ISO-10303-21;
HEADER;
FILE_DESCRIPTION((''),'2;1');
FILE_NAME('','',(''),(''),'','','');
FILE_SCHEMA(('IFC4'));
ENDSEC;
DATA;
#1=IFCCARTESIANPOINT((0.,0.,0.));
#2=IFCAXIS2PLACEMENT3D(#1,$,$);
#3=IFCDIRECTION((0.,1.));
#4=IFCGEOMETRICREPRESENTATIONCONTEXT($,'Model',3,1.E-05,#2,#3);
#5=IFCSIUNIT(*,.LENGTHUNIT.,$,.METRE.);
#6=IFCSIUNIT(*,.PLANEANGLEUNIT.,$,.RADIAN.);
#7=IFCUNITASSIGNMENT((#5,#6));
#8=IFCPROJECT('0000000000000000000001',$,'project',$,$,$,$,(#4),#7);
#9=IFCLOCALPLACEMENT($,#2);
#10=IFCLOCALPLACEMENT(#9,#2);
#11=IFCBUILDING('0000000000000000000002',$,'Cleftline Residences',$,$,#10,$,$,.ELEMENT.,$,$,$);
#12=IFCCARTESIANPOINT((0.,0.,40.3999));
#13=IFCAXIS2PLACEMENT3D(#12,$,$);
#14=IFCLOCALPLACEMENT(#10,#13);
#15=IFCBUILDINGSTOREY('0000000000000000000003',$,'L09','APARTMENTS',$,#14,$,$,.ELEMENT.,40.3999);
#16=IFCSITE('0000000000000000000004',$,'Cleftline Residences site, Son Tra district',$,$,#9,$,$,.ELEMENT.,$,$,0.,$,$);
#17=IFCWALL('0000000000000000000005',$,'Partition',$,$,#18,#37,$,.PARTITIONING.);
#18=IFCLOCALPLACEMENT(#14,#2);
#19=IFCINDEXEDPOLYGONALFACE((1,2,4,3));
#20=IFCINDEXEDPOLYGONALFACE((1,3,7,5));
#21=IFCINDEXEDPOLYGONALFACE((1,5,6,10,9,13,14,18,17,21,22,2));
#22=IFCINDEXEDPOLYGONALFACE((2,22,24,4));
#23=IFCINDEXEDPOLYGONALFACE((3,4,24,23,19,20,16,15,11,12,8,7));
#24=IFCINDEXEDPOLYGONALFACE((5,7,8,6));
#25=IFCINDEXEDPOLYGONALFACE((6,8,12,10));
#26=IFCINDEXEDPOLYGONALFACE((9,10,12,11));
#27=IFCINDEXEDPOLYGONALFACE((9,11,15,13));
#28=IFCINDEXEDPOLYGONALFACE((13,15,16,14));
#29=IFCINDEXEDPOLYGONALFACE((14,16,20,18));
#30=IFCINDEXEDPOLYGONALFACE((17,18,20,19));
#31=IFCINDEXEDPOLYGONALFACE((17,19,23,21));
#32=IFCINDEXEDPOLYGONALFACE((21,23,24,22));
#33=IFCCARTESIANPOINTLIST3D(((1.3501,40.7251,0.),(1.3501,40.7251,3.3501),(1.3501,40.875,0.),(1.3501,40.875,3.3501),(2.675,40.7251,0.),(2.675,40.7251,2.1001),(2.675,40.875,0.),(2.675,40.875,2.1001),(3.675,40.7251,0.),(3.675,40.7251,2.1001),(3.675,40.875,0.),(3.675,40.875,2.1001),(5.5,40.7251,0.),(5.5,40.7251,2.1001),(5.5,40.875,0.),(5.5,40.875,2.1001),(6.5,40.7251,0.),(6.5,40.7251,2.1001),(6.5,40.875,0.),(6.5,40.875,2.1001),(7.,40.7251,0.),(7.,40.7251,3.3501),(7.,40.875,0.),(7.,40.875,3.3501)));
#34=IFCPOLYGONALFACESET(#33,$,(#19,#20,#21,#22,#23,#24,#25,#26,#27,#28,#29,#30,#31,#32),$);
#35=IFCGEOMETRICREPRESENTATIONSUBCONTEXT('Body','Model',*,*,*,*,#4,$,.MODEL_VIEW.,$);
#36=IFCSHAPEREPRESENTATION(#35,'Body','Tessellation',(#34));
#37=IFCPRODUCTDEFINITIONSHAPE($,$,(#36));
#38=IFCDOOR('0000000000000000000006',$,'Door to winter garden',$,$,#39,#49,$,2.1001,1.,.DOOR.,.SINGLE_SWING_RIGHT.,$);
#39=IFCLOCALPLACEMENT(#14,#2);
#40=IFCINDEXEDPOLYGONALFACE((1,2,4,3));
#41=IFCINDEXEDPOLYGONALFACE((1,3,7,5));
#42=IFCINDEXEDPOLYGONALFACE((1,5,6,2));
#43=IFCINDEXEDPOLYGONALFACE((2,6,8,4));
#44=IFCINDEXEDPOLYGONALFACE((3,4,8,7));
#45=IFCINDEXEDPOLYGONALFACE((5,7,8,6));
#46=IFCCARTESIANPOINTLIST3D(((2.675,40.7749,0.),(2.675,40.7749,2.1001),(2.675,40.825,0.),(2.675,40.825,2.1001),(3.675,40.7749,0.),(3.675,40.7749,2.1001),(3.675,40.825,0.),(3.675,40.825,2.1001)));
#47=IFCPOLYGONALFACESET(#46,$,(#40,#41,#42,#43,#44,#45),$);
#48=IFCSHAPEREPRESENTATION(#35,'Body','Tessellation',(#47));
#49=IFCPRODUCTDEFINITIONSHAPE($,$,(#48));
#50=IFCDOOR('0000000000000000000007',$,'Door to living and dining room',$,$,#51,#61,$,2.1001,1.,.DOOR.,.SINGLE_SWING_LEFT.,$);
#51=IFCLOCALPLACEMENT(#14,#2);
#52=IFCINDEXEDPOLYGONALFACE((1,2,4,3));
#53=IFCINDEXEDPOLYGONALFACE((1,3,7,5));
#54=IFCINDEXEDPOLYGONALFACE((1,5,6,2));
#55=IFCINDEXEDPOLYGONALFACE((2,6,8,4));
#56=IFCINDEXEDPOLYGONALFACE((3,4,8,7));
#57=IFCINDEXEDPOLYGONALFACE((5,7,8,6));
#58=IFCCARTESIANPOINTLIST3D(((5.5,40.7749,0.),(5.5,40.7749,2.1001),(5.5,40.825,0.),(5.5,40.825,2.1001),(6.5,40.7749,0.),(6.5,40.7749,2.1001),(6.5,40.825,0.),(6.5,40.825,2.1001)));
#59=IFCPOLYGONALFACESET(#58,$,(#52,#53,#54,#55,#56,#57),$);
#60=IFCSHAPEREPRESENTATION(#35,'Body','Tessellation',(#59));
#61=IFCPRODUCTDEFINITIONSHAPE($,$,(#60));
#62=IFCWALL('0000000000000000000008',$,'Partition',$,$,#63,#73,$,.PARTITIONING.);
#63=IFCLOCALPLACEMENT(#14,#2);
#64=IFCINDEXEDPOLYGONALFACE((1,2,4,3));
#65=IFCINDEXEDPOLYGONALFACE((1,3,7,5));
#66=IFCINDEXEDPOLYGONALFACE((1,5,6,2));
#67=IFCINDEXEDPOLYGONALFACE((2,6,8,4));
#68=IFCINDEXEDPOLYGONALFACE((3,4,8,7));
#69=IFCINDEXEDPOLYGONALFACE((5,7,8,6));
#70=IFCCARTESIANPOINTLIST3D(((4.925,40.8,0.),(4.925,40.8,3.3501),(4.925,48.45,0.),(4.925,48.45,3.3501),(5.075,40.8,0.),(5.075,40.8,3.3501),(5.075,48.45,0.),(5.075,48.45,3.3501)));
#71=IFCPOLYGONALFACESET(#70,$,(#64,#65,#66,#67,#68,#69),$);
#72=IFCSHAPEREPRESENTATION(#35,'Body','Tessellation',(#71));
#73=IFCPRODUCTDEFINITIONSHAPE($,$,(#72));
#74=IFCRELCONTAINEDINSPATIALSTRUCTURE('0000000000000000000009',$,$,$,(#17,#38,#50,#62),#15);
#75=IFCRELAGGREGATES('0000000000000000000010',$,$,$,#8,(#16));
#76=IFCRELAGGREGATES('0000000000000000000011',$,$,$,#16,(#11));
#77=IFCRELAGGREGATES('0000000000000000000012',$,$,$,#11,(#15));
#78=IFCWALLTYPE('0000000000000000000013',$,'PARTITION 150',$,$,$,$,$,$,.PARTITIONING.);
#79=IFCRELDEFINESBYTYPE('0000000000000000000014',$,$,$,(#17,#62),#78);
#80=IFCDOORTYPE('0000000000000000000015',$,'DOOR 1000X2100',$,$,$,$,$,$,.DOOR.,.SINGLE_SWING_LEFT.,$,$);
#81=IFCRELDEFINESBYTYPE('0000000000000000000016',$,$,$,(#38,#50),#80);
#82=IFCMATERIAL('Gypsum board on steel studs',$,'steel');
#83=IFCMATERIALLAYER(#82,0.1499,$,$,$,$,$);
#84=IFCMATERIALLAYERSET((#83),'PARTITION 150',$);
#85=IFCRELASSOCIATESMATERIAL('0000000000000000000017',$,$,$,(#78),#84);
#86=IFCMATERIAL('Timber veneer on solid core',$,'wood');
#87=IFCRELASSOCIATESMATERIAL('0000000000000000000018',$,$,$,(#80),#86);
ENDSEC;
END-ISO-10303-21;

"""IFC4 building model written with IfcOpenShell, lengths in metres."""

from ifc_helpers import new_model, si_unit, direction, frame, frame_2d, origin, place, context, subcontext, project, spatial, rectangle, extrude, material, layer, layer_set, type_object, element, fill, save


model = new_model("IFC4")

# Units and contexts
model_context = context("Model", 3, precision=1e-05, world=origin(), true_north=direction((0.0, 1.0)))
body_context = subcontext(model_context, "Body", "Model", "MODEL_VIEW")
ifc_project = project(units=[si_unit("LENGTHUNIT", "METRE"), si_unit("PLANEANGLEUNIT", "RADIAN")], contexts=[model_context])

# Site, building, storey
site_placement = place(None, origin())
site = spatial("IfcSite", under=ifc_project, at=site_placement, Name="Cleftline Residences site, Son Tra district", CompositionType="ELEMENT", RefElevation=0.0)
building_placement = place(site_placement, origin())
building = spatial("IfcBuilding", under=site, at=building_placement, Name="Cleftline Residences", CompositionType="ELEMENT")
storey_placement = place(building_placement, frame((0.0, 0.0, 40.3999)))
storey = spatial("IfcBuildingStorey", under=building, at=storey_placement, Name="L09", Description="APARTMENTS", CompositionType="ELEMENT", Elevation=40.3999)

# Wall, openings, doors
ifc_material_1 = material(Name="Gypsum board on steel studs", Category="steel")
ifc_layer_1 = layer(ifc_material_1, 0.1499)
ifc_layer_set_1 = layer_set([ifc_layer_1], Name="PARTITION 150")
wall_type_1 = type_object("IfcWallType", Name="PARTITION 150", PredefinedType="PARTITIONING", material=ifc_layer_set_1)
wall_1_placement = place(storey_placement, frame((1.3501, 40.8, 0.0), z_axis=(0.0, 0.0, 1.0), x_axis=(1.0, 0.0, 0.0)))
wall_1 = element("IfcWall", 1, at=wall_1_placement, inside=storey, type_object=wall_type_1, Name="Partition", PredefinedType="PARTITIONING", context=body_context, shape_type="SweptSolid", body=[
    extrude(rectangle(XDim=5.6499, YDim=0.1499, at=frame_2d((2.825, 0.0))), origin(), (0.0, 0.0, 1.0), 3.3501),
])
opening_1_placement = place(wall_1_placement, frame((1.325, 0.0, 0.0)))
opening_1 = element("IfcOpeningElement", 2, at=opening_1_placement, cuts=wall_1, PredefinedType="OPENING", context=body_context, shape_type="SweptSolid", body=[
    extrude(rectangle(XDim=1.0, YDim=2.1001, at=frame_2d((0.5, 1.05))), frame((0.0, 0.085, 0.0), z_axis=(0.0, -1.0, 0.0), x_axis=(1.0, 0.0, 0.0)), (0.0, 0.0, 1.0), 0.1699),
])
opening_2_placement = place(wall_1_placement, frame((4.1499, 0.0, 0.0)))
opening_2 = element("IfcOpeningElement", 3, at=opening_2_placement, cuts=wall_1, PredefinedType="OPENING", context=body_context, shape_type="SweptSolid", body=[
    extrude(rectangle(XDim=1.0, YDim=2.1001, at=frame_2d((0.5, 1.05))), frame((0.0, 0.085, 0.0), z_axis=(0.0, -1.0, 0.0), x_axis=(1.0, 0.0, 0.0)), (0.0, 0.0, 1.0), 0.1699),
])
ifc_material_2 = material(Name="Timber veneer on solid core", Category="wood")
door_type = type_object("IfcDoorType", Name="DOOR 1000X2100", OperationType="SINGLE_SWING_LEFT", PredefinedType="DOOR", material=ifc_material_2)
door_1_placement = place(opening_1_placement, origin())
door_1 = element("IfcDoor", 4, at=door_1_placement, inside=storey, type_object=door_type, Name="Door to winter garden", OperationType="SINGLE_SWING_RIGHT", OverallHeight=2.1001, OverallWidth=1.0, PredefinedType="DOOR", context=body_context, shape_type="SweptSolid", body=[
    extrude(rectangle(XDim=1.0, YDim=2.1001, at=frame_2d((0.5, 1.05))), frame((0.0, 0.0249, 0.0), z_axis=(0.0, -1.0, 0.0), x_axis=(1.0, 0.0, 0.0)), (0.0, 0.0, 1.0), 0.05),
])
fill(opening_1, door_1)
door_2_placement = place(opening_2_placement, origin())
door_2 = element("IfcDoor", 5, at=door_2_placement, inside=storey, type_object=door_type, Name="Door to living and dining room", OperationType="SINGLE_SWING_LEFT", OverallHeight=2.1001, OverallWidth=1.0, PredefinedType="DOOR", context=body_context, shape_type="SweptSolid", body=[
    extrude(rectangle(XDim=1.0, YDim=2.1001, at=frame_2d((0.5, 1.05))), frame((0.0, 0.0249, 0.0), z_axis=(0.0, -1.0, 0.0), x_axis=(1.0, 0.0, 0.0)), (0.0, 0.0, 1.0), 0.05),
])
fill(opening_2, door_2)

# Wall
wall_2_placement = place(storey_placement, frame((5.0, 40.8, 0.0), z_axis=(0.0, 0.0, 1.0), x_axis=(0.0, 1.0, 0.0)))
element("IfcWall", 6, at=wall_2_placement, inside=storey, type_object=wall_type_1, Name="Partition", PredefinedType="PARTITIONING", context=body_context, shape_type="SweptSolid", body=[
    extrude(rectangle(XDim=7.6499, YDim=0.1499, at=frame_2d((3.825, 0.0))), origin(), (0.0, 0.0, 1.0), 3.3501),
])

save(model, "model.ifc")
